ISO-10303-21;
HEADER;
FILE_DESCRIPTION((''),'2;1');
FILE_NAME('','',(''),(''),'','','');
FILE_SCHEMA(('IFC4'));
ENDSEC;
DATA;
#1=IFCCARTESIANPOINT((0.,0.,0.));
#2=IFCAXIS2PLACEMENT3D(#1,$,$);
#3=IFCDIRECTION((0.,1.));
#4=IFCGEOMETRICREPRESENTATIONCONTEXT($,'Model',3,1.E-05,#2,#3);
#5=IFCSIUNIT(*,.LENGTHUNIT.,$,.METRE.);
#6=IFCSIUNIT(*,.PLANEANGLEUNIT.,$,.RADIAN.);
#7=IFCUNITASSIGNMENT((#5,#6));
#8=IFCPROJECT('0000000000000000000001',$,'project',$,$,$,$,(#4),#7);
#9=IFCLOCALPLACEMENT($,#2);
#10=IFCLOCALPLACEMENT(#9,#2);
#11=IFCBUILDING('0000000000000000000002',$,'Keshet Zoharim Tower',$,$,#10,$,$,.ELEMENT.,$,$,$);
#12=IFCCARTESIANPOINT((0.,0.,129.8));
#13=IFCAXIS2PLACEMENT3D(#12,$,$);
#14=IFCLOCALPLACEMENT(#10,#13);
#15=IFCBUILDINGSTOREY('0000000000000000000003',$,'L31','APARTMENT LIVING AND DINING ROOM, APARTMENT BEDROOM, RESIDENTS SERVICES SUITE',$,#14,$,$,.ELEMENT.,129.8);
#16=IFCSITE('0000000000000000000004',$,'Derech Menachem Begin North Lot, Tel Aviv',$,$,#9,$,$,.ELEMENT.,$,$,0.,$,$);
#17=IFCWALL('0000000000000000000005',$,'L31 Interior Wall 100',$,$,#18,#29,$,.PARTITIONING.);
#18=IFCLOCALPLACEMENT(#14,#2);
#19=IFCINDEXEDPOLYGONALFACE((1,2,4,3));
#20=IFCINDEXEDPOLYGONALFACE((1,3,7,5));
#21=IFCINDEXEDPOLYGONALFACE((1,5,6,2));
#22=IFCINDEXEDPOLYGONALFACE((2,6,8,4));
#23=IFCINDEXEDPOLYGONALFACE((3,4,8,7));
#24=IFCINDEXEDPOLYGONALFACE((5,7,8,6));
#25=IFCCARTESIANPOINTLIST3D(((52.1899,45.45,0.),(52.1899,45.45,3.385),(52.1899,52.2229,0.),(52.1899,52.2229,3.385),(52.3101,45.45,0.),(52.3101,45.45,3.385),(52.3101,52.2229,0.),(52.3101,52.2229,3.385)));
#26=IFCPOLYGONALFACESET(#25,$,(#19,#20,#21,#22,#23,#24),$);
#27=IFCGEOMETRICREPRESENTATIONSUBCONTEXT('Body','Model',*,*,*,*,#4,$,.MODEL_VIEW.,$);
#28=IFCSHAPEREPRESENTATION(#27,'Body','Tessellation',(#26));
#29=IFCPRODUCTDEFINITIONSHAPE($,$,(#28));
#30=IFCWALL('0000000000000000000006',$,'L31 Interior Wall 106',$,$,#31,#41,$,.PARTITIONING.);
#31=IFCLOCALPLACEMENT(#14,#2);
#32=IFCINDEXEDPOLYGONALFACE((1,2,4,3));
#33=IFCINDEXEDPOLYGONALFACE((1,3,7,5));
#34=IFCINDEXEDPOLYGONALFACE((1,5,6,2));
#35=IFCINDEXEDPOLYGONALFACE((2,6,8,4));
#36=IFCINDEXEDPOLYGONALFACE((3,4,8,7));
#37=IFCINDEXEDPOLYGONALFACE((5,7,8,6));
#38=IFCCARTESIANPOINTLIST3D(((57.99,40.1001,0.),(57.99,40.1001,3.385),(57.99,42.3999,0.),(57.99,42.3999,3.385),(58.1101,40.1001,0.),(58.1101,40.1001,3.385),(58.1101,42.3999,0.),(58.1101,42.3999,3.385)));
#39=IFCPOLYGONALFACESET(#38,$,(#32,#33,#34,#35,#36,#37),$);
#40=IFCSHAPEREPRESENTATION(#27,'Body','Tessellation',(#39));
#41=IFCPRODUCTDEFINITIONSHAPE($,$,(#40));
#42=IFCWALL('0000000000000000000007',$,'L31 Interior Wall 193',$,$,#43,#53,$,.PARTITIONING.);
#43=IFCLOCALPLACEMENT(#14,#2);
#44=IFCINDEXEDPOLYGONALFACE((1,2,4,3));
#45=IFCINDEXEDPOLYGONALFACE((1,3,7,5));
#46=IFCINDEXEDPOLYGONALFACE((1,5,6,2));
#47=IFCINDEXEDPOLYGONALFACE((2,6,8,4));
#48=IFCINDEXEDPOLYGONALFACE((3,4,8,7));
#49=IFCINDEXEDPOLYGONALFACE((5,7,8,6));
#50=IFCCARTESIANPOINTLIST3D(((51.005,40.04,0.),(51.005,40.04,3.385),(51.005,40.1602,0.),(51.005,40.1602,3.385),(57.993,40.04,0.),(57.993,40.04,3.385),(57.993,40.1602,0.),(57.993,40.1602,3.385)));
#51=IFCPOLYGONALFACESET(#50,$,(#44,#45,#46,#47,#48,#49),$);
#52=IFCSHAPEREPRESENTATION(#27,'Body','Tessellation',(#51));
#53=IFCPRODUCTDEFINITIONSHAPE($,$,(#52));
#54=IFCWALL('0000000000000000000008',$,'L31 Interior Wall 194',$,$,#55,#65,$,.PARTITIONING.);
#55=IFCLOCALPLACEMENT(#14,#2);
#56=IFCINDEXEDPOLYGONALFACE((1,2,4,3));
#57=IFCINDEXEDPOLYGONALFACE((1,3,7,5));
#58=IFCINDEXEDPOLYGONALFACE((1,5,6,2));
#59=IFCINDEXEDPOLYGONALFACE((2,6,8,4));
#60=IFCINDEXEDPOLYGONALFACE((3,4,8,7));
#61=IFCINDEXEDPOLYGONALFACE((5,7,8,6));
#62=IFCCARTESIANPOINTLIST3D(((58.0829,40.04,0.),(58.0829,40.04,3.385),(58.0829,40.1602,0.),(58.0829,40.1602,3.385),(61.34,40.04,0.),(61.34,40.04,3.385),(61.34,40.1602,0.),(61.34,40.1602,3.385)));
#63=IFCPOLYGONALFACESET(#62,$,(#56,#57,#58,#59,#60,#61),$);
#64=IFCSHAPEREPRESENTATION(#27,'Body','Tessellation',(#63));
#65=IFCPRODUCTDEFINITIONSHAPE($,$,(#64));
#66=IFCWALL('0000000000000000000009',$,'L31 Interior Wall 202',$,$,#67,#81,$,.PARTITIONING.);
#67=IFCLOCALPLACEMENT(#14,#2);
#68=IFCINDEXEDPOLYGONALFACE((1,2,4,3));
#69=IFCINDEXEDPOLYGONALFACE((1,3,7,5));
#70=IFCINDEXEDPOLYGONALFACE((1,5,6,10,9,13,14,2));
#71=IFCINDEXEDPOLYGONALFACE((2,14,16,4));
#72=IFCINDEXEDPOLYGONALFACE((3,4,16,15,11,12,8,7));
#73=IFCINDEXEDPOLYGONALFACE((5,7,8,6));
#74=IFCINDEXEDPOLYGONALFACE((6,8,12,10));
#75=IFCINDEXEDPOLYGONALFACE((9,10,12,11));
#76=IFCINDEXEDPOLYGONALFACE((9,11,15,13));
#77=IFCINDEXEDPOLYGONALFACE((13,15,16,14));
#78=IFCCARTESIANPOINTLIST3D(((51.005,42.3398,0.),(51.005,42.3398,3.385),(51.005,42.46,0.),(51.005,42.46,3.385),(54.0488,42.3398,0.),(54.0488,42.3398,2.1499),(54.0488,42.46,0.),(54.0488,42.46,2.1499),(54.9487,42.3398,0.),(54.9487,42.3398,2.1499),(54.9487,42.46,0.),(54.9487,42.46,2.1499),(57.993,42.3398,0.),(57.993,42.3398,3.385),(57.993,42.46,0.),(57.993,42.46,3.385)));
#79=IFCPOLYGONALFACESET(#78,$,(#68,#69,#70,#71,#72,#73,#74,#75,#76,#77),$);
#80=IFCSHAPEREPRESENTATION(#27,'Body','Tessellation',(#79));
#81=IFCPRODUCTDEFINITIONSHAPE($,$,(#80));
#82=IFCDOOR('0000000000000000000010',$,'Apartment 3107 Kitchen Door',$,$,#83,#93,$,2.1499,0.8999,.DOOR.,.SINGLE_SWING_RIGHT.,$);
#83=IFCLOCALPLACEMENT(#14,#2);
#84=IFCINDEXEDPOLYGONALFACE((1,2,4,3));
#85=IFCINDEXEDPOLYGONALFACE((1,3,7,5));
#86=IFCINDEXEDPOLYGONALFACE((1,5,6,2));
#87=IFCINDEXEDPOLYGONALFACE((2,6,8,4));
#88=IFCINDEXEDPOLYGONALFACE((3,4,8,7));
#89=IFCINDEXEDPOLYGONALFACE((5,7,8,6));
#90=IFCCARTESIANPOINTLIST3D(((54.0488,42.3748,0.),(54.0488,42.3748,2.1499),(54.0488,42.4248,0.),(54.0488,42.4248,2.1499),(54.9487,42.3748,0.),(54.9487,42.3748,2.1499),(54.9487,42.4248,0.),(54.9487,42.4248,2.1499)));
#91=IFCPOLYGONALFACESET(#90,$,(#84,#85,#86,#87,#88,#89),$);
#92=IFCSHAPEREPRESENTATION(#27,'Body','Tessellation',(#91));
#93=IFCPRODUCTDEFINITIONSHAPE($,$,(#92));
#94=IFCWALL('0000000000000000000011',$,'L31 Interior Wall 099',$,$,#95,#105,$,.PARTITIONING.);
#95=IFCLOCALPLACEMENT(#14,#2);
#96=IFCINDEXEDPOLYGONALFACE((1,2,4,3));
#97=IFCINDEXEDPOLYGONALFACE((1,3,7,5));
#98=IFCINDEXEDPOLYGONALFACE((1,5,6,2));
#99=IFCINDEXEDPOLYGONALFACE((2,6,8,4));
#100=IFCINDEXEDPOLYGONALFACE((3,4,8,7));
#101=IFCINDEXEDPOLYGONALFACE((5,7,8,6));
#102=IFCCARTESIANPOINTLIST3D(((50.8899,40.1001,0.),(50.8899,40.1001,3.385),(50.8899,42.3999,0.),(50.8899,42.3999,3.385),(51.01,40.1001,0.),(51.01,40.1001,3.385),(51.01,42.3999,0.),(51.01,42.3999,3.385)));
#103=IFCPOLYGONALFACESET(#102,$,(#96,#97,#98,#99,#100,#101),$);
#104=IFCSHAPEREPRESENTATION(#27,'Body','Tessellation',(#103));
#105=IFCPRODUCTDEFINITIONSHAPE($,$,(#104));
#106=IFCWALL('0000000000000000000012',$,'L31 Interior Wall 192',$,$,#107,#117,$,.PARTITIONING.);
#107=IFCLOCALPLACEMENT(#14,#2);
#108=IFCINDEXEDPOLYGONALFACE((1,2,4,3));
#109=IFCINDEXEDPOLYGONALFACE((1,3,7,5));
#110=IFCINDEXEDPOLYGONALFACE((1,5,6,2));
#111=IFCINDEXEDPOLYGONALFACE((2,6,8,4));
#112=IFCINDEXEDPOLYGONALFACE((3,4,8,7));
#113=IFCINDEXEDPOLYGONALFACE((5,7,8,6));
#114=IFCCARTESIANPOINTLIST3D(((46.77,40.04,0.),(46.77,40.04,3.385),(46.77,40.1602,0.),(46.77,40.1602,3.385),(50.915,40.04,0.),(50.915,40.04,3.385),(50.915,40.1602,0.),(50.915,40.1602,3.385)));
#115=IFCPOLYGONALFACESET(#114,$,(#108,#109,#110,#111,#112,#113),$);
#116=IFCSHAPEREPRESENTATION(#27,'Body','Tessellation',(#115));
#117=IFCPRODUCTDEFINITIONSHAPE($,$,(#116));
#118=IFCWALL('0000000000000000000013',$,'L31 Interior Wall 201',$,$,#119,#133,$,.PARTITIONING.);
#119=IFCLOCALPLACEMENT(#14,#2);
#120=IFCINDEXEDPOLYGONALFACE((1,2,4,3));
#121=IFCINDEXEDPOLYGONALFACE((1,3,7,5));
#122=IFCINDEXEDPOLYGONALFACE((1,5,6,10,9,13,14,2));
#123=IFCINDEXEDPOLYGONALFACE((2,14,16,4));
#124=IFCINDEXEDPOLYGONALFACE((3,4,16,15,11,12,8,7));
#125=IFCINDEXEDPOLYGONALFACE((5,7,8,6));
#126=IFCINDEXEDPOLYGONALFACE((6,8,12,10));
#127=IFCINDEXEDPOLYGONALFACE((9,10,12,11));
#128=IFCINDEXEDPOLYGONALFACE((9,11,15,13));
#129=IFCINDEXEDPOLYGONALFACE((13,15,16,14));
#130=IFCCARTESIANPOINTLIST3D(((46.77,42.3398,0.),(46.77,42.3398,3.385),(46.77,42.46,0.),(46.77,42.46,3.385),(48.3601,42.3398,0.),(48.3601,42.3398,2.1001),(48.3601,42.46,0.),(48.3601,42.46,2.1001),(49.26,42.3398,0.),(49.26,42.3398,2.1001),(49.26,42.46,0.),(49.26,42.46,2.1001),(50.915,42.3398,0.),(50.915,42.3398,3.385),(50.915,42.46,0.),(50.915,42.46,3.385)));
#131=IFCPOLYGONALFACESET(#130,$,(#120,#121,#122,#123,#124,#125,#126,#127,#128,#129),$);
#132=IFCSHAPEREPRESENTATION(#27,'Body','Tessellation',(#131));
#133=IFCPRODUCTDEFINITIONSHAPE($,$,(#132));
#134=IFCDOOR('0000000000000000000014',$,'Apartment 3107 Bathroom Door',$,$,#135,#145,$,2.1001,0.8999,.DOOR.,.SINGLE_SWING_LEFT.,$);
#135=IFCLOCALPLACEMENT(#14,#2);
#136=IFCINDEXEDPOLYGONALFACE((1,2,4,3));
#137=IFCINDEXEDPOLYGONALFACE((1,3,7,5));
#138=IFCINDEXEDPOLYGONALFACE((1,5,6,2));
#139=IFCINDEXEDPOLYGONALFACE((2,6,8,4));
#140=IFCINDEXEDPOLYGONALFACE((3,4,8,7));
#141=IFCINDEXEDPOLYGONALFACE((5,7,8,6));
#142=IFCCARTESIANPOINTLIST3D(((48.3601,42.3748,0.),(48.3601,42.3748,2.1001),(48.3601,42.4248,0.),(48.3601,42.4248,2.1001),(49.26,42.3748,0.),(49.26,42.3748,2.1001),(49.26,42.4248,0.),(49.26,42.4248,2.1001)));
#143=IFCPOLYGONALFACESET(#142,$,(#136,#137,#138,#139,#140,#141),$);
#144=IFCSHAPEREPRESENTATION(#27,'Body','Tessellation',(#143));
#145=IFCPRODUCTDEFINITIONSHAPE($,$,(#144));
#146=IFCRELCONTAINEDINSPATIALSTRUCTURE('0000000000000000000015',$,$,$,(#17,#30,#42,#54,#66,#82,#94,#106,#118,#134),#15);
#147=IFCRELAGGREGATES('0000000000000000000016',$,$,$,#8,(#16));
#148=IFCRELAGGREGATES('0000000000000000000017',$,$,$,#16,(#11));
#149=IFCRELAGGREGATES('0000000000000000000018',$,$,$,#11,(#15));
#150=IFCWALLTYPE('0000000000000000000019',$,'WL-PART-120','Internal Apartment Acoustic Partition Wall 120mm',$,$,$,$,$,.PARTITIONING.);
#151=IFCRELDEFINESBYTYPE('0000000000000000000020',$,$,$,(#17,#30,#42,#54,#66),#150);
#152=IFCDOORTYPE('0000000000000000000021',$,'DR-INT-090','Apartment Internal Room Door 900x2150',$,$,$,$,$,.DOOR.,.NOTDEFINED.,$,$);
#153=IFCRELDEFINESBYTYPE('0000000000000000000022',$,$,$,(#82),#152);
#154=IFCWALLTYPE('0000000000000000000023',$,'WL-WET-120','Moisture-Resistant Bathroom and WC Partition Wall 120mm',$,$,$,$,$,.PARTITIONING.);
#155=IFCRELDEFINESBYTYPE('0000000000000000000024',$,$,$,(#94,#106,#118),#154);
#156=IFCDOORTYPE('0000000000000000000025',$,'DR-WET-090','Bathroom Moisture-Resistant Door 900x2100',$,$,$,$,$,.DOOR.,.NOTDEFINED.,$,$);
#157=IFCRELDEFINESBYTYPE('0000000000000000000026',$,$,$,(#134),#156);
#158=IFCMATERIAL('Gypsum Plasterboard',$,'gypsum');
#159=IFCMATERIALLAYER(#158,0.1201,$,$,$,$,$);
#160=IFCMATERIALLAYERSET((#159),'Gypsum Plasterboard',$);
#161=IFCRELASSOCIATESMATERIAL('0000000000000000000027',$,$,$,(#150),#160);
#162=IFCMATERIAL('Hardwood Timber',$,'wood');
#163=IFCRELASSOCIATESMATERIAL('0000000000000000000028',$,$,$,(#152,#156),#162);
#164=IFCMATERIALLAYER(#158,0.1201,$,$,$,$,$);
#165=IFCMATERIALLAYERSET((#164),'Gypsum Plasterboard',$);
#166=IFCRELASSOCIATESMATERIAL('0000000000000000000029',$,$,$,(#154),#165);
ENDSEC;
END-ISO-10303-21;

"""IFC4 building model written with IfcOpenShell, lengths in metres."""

from ifc_helpers import new_model, si_unit, direction, frame, frame_2d, origin, place, context, subcontext, project, spatial, rectangle, extrude, material, layer, layer_set, type_object, element, fill, save


model = new_model("IFC4")

# Units and contexts
model_context = context("Model", 3, precision=1e-05, world=origin(), true_north=direction((0.0, 1.0)))
body_context = subcontext(model_context, "Body", "Model", "MODEL_VIEW")
ifc_project = project(units=[si_unit("LENGTHUNIT", "METRE"), si_unit("PLANEANGLEUNIT", "RADIAN")], contexts=[model_context])

# Site, building, storey
site_placement = place(None, origin())
site = spatial("IfcSite", under=ifc_project, at=site_placement, Name="Derech Menachem Begin North Lot, Tel Aviv", CompositionType="ELEMENT", RefElevation=0.0)
building_placement = place(site_placement, origin())
building = spatial("IfcBuilding", under=site, at=building_placement, Name="Keshet Zoharim Tower", CompositionType="ELEMENT")
storey_placement = place(building_placement, frame((0.0, 0.0, 129.8)))
storey = spatial("IfcBuildingStorey", under=building, at=storey_placement, Name="L31", Description="APARTMENT LIVING AND DINING ROOM, APARTMENT BEDROOM, RESIDENTS SERVICES SUITE", CompositionType="ELEMENT", Elevation=129.8)

# Walls
ifc_material_1 = material(Name="Gypsum Plasterboard", Category="gypsum")
ifc_layer_1 = layer(ifc_material_1, 0.1201)
ifc_layer_set_1 = layer_set([ifc_layer_1], Name="Gypsum Plasterboard")
wall_type_1 = type_object("IfcWallType", Name="WL-PART-120", Description="Internal Apartment Acoustic Partition Wall 120mm", PredefinedType="PARTITIONING", material=ifc_layer_set_1)
wall_1_placement = place(storey_placement, frame((52.25, 45.45, 0.0), z_axis=(0.0, 0.0, 1.0), x_axis=(0.0, 1.0, 0.0)))
element("IfcWall", 1, at=wall_1_placement, inside=storey, type_object=wall_type_1, Name="L31 Interior Wall 100", PredefinedType="PARTITIONING", context=body_context, shape_type="SweptSolid", body=[
    extrude(rectangle(XDim=6.7729, YDim=0.1201, at=frame_2d((3.3865, 0.0))), origin(), (0.0, 0.0, 1.0), 3.385),
])
wall_2_placement = place(storey_placement, frame((58.05, 40.1001, 0.0), z_axis=(0.0, 0.0, 1.0), x_axis=(0.0, 1.0, 0.0)))
element("IfcWall", 2, at=wall_2_placement, inside=storey, type_object=wall_type_1, Name="L31 Interior Wall 106", PredefinedType="PARTITIONING", context=body_context, shape_type="SweptSolid", body=[
    extrude(rectangle(XDim=2.2998, YDim=0.1201, at=frame_2d((1.1499, 0.0))), origin(), (0.0, 0.0, 1.0), 3.385),
])
wall_3_placement = place(storey_placement, frame((51.0049, 40.1001, 0.0), z_axis=(0.0, 0.0, 1.0), x_axis=(1.0, 0.0, 0.0)))
element("IfcWall", 3, at=wall_3_placement, inside=storey, type_object=wall_type_1, Name="L31 Interior Wall 193", PredefinedType="PARTITIONING", context=body_context, shape_type="SweptSolid", body=[
    extrude(rectangle(XDim=6.988, YDim=0.1201, at=frame_2d((3.4941, 0.0))), origin(), (0.0, 0.0, 1.0), 3.385),
])
wall_4_placement = place(storey_placement, frame((58.083, 40.1001, 0.0), z_axis=(0.0, 0.0, 1.0), x_axis=(1.0, 0.0, 0.0)))
element("IfcWall", 4, at=wall_4_placement, inside=storey, type_object=wall_type_1, Name="L31 Interior Wall 194", PredefinedType="PARTITIONING", context=body_context, shape_type="SweptSolid", body=[
    extrude(rectangle(XDim=3.2571, YDim=0.1201, at=frame_2d((1.6284, 0.0))), origin(), (0.0, 0.0, 1.0), 3.385),
])

# Wall, opening, door
wall_5_placement = place(storey_placement, frame((51.0049, 42.3999, 0.0), z_axis=(0.0, 0.0, 1.0), x_axis=(1.0, 0.0, 0.0)))
wall_5 = element("IfcWall", 5, at=wall_5_placement, inside=storey, type_object=wall_type_1, Name="L31 Interior Wall 202", PredefinedType="PARTITIONING", context=body_context, shape_type="SweptSolid", body=[
    extrude(rectangle(XDim=6.988, YDim=0.1201, at=frame_2d((3.4941, 0.0))), origin(), (0.0, 0.0, 1.0), 3.385),
])
opening_1_placement = place(wall_5_placement, frame((3.0439, 0.0, 0.0)))
opening_1 = element("IfcOpeningElement", 6, at=opening_1_placement, cuts=wall_5, PredefinedType="OPENING", context=body_context, shape_type="SweptSolid", body=[
    extrude(rectangle(XDim=0.8999, YDim=2.1499, at=frame_2d((0.45, 1.075))), frame((0.0, 0.0701, 0.0), z_axis=(0.0, -1.0, 0.0), x_axis=(1.0, 0.0, 0.0)), (0.0, 0.0, 1.0), 0.1401),
])
ifc_material_2 = material(Name="Hardwood Timber", Category="wood")
door_type_1 = type_object("IfcDoorType", Name="DR-INT-090", Description="Apartment Internal Room Door 900x2150", OperationType="NOTDEFINED", PredefinedType="DOOR", material=ifc_material_2)
door_1_placement = place(opening_1_placement, origin())
door_1 = element("IfcDoor", 7, at=door_1_placement, inside=storey, type_object=door_type_1, Name="Apartment 3107 Kitchen Door", OperationType="SINGLE_SWING_RIGHT", OverallHeight=2.1499, OverallWidth=0.8999, PredefinedType="DOOR", context=body_context, shape_type="SweptSolid", body=[
    extrude(rectangle(XDim=0.8999, YDim=2.1499, at=frame_2d((0.45, 1.075))), frame((0.0, 0.0249, 0.0), z_axis=(0.0, -1.0, 0.0), x_axis=(1.0, 0.0, 0.0)), (0.0, 0.0, 1.0), 0.05),
])
fill(opening_1, door_1)

# Walls
ifc_layer_2 = layer(ifc_material_1, 0.1201)
ifc_layer_set_2 = layer_set([ifc_layer_2], Name="Gypsum Plasterboard")
wall_type_2 = type_object("IfcWallType", Name="WL-WET-120", Description="Moisture-Resistant Bathroom and WC Partition Wall 120mm", PredefinedType="PARTITIONING", material=ifc_layer_set_2)
wall_6_placement = place(storey_placement, frame((50.95, 40.1001, 0.0), z_axis=(0.0, 0.0, 1.0), x_axis=(0.0, 1.0, 0.0)))
element("IfcWall", 8, at=wall_6_placement, inside=storey, type_object=wall_type_2, Name="L31 Interior Wall 099", PredefinedType="PARTITIONING", context=body_context, shape_type="SweptSolid", body=[
    extrude(rectangle(XDim=2.2998, YDim=0.1201, at=frame_2d((1.1499, 0.0))), origin(), (0.0, 0.0, 1.0), 3.385),
])
wall_7_placement = place(storey_placement, frame((46.77, 40.1001, 0.0), z_axis=(0.0, 0.0, 1.0), x_axis=(1.0, 0.0, 0.0)))
element("IfcWall", 9, at=wall_7_placement, inside=storey, type_object=wall_type_2, Name="L31 Interior Wall 192", PredefinedType="PARTITIONING", context=body_context, shape_type="SweptSolid", body=[
    extrude(rectangle(XDim=4.145, YDim=0.1201, at=frame_2d((2.0725, 0.0))), origin(), (0.0, 0.0, 1.0), 3.385),
])

# Wall, opening, door
wall_8_placement = place(storey_placement, frame((46.77, 42.3999, 0.0), z_axis=(0.0, 0.0, 1.0), x_axis=(1.0, 0.0, 0.0)))
wall_8 = element("IfcWall", 10, at=wall_8_placement, inside=storey, type_object=wall_type_2, Name="L31 Interior Wall 201", PredefinedType="PARTITIONING", context=body_context, shape_type="SweptSolid", body=[
    extrude(rectangle(XDim=4.145, YDim=0.1201, at=frame_2d((2.0725, 0.0))), origin(), (0.0, 0.0, 1.0), 3.385),
])
opening_2_placement = place(wall_8_placement, frame((1.5901, 0.0, 0.0)))
opening_2 = element("IfcOpeningElement", 11, at=opening_2_placement, cuts=wall_8, PredefinedType="OPENING", context=body_context, shape_type="SweptSolid", body=[
    extrude(rectangle(XDim=0.8999, YDim=2.1001, at=frame_2d((0.45, 1.05))), frame((0.0, 0.0701, 0.0), z_axis=(0.0, -1.0, 0.0), x_axis=(1.0, 0.0, 0.0)), (0.0, 0.0, 1.0), 0.1401),
])
door_type_2 = type_object("IfcDoorType", Name="DR-WET-090", Description="Bathroom Moisture-Resistant Door 900x2100", OperationType="NOTDEFINED", PredefinedType="DOOR", material=ifc_material_2)
door_2_placement = place(opening_2_placement, origin())
door_2 = element("IfcDoor", 12, at=door_2_placement, inside=storey, type_object=door_type_2, Name="Apartment 3107 Bathroom Door", OperationType="SINGLE_SWING_LEFT", OverallHeight=2.1001, OverallWidth=0.8999, PredefinedType="DOOR", context=body_context, shape_type="SweptSolid", body=[
    extrude(rectangle(XDim=0.8999, YDim=2.1001, at=frame_2d((0.45, 1.05))), frame((0.0, 0.0249, 0.0), z_axis=(0.0, -1.0, 0.0), x_axis=(1.0, 0.0, 0.0)), (0.0, 0.0, 1.0), 0.05),
])
fill(opening_2, door_2)

save(model, "model.ifc")
